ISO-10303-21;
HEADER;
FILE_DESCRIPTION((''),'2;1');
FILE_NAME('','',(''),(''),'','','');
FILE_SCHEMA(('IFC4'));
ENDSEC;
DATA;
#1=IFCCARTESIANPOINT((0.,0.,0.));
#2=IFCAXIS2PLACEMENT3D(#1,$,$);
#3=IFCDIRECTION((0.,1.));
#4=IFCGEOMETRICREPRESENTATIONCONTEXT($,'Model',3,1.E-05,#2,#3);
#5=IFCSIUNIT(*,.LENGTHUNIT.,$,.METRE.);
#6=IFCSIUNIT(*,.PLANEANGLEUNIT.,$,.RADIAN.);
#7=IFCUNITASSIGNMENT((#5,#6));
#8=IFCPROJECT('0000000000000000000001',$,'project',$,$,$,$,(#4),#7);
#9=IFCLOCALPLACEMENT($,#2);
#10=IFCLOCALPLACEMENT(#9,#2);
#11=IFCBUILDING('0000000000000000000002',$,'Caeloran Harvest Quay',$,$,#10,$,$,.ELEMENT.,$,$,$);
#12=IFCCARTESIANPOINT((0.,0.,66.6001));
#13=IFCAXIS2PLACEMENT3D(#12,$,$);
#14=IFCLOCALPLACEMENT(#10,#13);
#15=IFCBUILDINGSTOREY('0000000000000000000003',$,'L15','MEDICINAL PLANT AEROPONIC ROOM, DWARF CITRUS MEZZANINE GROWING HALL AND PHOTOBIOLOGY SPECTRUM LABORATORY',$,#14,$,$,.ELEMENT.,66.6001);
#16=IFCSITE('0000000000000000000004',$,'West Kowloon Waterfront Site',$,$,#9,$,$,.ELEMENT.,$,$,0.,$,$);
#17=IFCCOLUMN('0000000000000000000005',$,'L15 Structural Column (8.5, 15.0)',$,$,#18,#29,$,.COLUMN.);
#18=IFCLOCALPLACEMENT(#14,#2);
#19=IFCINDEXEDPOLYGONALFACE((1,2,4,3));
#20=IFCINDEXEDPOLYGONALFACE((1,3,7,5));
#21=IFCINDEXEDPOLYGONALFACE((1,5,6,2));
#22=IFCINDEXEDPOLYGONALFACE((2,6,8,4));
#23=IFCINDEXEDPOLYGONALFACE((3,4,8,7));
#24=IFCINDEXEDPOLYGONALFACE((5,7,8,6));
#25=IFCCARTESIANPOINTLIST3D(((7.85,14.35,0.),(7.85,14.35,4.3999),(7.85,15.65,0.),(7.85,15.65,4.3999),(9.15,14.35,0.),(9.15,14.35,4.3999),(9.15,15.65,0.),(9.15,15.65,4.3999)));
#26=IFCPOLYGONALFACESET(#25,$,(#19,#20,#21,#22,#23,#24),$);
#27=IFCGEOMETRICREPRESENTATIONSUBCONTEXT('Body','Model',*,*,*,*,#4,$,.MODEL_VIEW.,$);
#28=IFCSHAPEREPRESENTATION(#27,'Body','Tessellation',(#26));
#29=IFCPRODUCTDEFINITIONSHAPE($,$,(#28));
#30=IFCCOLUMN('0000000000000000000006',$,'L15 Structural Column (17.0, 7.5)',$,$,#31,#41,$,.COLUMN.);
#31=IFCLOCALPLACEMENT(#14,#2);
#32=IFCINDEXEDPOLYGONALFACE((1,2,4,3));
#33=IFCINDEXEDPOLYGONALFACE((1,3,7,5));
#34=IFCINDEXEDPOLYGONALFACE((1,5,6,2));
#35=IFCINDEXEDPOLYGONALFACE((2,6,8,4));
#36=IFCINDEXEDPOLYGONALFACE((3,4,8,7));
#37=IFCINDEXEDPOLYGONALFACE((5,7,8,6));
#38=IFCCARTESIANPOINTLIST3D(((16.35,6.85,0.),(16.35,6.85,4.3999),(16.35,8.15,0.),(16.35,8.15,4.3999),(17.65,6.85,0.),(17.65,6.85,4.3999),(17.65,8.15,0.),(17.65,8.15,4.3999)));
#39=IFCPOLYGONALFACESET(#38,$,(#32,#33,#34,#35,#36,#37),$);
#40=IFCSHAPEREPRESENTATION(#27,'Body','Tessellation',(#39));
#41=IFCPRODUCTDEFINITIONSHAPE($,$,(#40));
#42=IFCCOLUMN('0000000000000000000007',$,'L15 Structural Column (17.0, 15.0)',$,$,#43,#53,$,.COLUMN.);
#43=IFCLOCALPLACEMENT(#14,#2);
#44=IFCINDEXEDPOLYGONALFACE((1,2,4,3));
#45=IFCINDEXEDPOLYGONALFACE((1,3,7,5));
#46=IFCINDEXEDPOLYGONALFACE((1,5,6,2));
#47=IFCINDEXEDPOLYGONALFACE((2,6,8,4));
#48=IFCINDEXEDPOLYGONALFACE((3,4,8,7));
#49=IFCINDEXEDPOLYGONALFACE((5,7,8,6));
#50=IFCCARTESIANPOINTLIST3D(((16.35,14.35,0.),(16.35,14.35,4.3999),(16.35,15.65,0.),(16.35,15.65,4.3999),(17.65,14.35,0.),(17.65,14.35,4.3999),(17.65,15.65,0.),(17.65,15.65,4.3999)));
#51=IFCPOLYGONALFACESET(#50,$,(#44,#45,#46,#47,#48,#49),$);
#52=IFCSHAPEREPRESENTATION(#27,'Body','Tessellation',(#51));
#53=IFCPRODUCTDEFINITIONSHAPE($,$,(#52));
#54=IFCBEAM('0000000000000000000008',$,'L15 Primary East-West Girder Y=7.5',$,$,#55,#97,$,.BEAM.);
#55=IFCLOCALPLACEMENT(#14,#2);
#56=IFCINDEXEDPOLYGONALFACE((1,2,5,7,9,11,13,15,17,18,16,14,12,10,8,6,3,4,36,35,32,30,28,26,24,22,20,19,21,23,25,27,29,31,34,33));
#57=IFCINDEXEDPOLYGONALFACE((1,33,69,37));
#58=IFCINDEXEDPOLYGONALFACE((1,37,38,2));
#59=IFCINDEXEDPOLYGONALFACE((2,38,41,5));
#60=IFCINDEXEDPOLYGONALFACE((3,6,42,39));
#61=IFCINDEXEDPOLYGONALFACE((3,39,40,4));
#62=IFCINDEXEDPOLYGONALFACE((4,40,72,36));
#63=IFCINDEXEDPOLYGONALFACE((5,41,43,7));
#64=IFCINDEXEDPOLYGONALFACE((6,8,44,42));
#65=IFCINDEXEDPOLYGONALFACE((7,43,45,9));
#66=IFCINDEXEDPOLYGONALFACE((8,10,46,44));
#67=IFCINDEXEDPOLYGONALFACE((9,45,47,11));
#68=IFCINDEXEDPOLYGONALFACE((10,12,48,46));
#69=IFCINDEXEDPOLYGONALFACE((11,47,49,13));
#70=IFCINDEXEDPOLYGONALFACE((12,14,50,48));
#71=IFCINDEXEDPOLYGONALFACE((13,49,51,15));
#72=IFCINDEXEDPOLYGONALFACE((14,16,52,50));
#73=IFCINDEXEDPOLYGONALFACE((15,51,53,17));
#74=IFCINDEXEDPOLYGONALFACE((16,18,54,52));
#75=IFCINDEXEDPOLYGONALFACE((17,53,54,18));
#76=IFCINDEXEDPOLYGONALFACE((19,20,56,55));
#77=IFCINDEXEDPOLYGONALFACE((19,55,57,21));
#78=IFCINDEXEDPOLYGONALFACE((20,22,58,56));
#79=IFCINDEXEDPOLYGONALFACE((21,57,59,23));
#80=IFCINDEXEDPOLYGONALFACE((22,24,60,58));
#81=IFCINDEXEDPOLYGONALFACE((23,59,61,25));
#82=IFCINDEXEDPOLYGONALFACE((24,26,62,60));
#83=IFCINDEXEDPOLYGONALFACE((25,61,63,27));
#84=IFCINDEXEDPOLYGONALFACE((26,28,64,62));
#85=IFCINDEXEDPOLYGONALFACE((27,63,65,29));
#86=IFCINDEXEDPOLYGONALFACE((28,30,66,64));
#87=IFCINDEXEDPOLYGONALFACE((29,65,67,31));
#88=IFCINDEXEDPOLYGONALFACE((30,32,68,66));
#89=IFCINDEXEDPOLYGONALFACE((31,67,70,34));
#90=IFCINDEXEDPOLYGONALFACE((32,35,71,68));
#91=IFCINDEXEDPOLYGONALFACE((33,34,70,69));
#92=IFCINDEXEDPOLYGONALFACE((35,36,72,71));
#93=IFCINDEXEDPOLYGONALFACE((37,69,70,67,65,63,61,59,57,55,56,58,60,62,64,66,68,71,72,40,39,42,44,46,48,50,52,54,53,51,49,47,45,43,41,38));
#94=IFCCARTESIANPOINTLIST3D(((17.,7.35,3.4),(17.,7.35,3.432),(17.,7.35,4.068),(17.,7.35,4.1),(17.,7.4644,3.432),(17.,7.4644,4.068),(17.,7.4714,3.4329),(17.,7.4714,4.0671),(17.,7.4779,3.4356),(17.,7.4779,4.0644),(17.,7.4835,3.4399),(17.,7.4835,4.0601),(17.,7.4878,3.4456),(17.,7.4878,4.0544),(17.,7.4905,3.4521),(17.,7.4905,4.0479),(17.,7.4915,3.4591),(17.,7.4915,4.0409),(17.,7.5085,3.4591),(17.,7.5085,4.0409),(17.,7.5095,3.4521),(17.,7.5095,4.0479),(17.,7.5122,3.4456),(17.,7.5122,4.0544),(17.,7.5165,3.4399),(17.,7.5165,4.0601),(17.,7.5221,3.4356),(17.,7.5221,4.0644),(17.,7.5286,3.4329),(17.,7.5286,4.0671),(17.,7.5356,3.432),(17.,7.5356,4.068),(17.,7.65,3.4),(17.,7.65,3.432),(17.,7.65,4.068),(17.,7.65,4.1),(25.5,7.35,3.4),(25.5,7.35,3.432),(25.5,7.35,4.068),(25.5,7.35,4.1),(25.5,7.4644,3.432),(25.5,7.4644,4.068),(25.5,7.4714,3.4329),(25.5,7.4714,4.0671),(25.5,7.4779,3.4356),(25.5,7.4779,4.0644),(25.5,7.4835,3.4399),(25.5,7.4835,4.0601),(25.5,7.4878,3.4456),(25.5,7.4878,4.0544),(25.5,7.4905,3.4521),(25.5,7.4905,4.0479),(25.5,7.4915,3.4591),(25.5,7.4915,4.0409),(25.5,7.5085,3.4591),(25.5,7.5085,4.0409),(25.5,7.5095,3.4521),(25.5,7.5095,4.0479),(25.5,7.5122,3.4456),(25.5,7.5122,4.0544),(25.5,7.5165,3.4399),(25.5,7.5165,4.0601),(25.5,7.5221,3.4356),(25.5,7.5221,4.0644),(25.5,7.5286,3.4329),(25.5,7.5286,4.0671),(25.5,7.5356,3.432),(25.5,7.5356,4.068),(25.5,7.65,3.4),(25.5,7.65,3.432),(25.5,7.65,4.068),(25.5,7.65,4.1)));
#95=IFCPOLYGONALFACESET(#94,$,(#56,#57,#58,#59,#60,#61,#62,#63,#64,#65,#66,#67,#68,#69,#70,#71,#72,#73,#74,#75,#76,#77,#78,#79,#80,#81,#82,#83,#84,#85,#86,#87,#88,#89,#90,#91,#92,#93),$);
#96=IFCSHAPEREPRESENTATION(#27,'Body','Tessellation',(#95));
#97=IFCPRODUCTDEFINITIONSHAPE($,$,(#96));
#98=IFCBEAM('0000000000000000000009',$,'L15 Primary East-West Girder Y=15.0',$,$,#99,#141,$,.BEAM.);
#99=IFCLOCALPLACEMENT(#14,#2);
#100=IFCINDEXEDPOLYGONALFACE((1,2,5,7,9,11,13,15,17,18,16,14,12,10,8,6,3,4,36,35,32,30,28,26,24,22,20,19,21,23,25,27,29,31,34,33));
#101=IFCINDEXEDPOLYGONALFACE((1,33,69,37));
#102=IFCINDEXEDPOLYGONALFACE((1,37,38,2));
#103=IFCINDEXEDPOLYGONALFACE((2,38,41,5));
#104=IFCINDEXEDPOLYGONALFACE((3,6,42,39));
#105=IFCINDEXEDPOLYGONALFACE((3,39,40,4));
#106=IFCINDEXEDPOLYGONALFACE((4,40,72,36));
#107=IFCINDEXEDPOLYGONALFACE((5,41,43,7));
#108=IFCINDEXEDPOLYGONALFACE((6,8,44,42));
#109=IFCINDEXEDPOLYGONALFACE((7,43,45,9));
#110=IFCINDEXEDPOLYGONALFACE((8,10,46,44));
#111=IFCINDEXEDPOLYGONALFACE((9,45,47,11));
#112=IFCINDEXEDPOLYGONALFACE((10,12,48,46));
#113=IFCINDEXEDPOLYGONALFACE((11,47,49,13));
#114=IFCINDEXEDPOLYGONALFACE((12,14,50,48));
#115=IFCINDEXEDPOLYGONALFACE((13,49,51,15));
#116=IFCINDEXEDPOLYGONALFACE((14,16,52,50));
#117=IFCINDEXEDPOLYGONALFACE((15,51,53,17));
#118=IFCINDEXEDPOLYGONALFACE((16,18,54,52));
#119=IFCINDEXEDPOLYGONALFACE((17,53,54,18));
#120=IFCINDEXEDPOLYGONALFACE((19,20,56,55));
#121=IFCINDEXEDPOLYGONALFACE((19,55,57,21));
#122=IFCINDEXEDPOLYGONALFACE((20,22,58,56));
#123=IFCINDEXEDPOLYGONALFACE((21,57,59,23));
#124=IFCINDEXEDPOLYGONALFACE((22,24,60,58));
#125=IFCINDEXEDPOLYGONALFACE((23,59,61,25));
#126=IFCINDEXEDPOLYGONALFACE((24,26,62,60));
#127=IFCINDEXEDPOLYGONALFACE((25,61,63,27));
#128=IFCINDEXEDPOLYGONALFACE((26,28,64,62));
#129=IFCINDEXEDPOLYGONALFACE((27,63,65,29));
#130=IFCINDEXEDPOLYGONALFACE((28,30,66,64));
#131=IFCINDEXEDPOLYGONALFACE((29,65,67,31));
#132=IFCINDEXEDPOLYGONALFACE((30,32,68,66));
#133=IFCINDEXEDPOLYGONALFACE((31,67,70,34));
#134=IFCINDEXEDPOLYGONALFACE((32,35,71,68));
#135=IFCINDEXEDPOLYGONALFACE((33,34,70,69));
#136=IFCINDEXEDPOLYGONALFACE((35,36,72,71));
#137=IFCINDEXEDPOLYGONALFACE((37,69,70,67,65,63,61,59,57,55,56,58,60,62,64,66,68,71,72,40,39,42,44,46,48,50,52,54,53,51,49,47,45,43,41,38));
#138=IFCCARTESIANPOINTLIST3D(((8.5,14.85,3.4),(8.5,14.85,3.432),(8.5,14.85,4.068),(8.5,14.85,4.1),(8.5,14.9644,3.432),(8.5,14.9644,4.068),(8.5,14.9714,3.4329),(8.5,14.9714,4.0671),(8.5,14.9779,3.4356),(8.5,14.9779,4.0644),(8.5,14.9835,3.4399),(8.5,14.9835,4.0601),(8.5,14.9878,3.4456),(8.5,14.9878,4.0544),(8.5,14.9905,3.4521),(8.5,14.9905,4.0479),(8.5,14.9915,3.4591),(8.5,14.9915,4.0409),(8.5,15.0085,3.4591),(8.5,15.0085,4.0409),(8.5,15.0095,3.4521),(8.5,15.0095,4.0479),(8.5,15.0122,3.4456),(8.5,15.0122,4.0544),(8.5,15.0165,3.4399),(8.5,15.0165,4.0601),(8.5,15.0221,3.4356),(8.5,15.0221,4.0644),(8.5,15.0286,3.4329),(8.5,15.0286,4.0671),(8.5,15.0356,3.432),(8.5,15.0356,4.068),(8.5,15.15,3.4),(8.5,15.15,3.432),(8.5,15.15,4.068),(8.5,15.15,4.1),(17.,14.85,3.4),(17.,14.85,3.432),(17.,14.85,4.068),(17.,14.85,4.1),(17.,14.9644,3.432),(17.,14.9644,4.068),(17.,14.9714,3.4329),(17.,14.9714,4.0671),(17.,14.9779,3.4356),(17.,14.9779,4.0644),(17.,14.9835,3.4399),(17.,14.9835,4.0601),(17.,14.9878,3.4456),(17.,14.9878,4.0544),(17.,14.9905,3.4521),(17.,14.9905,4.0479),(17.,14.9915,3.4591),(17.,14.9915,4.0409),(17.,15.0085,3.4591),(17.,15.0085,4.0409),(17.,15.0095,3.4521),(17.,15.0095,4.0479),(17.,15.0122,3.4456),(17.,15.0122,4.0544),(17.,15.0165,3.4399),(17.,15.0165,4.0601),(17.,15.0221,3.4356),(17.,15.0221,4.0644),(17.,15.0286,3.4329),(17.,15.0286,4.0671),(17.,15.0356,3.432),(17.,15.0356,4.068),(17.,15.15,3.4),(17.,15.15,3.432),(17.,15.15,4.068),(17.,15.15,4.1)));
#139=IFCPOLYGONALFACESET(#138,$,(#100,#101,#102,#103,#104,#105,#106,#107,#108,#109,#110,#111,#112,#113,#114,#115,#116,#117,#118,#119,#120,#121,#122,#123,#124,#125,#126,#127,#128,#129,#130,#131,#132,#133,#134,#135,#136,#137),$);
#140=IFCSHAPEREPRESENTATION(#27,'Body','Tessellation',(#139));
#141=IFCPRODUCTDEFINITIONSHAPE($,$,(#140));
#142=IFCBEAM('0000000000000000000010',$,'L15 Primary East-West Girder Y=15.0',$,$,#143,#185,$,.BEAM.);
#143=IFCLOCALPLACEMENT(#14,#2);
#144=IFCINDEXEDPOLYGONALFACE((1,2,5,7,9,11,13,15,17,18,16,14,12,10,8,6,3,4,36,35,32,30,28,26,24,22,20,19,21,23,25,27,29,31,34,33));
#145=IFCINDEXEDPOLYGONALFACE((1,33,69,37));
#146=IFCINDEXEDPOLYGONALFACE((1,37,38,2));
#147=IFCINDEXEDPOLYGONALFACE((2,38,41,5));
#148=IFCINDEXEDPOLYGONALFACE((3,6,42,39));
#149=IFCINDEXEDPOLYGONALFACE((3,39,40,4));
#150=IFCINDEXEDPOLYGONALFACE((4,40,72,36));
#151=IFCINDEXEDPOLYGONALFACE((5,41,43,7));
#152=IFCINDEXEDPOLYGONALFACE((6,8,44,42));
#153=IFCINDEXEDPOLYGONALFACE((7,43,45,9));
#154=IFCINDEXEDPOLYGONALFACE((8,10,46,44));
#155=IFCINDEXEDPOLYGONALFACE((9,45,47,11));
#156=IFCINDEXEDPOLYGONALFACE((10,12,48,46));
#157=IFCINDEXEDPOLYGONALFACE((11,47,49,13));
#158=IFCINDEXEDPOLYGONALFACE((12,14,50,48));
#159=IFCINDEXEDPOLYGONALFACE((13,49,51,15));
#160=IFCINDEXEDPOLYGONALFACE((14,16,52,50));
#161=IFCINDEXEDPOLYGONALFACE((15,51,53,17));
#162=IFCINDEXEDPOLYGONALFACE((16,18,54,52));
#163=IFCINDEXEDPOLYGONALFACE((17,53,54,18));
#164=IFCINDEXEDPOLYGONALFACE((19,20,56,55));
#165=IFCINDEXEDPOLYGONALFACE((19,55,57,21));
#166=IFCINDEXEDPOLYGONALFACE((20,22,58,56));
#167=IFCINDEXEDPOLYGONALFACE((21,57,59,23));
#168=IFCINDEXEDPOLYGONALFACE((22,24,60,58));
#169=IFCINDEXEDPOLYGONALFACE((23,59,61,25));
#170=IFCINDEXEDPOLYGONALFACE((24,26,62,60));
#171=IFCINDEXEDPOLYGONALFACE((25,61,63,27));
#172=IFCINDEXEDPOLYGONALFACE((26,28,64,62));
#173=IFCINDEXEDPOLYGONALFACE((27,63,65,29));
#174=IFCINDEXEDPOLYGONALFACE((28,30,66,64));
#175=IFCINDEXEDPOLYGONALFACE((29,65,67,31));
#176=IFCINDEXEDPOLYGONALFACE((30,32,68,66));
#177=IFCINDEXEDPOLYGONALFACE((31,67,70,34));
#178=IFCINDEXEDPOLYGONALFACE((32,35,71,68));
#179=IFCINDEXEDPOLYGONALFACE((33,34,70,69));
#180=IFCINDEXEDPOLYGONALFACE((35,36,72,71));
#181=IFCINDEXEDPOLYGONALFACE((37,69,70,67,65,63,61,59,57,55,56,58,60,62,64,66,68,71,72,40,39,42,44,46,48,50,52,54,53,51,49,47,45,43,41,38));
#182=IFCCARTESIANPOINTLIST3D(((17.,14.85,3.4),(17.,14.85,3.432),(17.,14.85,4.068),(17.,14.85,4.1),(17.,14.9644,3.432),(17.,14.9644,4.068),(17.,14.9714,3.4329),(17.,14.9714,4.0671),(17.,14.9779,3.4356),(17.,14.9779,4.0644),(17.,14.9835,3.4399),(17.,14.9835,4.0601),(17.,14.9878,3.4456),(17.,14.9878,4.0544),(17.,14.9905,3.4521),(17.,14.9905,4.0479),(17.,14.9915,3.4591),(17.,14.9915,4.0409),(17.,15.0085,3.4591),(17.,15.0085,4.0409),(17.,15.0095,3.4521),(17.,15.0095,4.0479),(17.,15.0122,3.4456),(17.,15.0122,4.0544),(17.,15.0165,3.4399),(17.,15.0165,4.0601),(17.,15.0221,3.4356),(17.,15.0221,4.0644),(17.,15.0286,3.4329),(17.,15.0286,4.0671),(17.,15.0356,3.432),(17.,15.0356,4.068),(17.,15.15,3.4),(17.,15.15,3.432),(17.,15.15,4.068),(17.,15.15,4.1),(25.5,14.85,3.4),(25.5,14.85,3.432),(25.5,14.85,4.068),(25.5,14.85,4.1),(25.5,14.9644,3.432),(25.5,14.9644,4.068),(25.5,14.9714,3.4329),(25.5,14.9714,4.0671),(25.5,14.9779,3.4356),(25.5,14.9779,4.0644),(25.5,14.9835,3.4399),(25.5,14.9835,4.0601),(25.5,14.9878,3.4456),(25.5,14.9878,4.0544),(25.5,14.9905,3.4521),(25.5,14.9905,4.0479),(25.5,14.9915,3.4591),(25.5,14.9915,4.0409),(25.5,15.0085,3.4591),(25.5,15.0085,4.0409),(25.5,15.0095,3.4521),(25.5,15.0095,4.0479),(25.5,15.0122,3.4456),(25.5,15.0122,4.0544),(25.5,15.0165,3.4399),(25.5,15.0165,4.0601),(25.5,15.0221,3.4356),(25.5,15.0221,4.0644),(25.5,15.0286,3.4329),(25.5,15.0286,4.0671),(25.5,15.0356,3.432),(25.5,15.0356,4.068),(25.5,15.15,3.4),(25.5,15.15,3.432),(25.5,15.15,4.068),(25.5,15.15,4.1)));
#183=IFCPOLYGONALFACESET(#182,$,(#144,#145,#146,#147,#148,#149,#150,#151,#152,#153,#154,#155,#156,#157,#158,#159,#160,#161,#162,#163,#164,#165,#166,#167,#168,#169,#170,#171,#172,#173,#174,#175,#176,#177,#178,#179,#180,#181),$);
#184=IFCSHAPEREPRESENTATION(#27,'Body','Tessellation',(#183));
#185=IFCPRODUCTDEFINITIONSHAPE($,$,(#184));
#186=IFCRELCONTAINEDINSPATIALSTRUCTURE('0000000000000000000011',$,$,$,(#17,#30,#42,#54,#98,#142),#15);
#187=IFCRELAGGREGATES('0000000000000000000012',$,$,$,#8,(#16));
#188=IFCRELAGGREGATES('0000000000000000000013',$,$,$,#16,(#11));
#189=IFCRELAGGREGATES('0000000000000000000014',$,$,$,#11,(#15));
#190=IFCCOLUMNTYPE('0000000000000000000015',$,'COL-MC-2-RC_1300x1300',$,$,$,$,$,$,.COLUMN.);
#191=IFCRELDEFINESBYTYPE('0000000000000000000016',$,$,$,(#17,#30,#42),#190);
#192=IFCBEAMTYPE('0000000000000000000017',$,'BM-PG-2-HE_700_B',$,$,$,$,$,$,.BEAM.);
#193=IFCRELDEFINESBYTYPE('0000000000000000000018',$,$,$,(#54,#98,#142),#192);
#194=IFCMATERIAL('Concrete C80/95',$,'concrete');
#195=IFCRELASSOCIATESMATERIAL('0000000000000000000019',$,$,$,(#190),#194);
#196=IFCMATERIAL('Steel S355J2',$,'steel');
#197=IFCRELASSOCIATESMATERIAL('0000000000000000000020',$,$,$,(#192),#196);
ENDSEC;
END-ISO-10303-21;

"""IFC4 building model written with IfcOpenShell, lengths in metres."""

from ifc_helpers import new_model, si_unit, direction, frame, origin, origin_2d, place, context, subcontext, project, spatial, rectangle, i_section, extrude, material, material_profile, profile_set, type_object, element, save


model = new_model("IFC4")

# Units and contexts
model_context = context("Model", 3, precision=1e-05, world=origin(), true_north=direction((0.0, 1.0)))
body_context = subcontext(model_context, "Body", "Model", "MODEL_VIEW")
ifc_project = project(units=[si_unit("LENGTHUNIT", "METRE"), si_unit("PLANEANGLEUNIT", "RADIAN")], contexts=[model_context])

# Site, building, storey
site_placement = place(None, origin())
site = spatial("IfcSite", under=ifc_project, at=site_placement, Name="West Kowloon Waterfront Site", CompositionType="ELEMENT", RefElevation=0.0)
building_placement = place(site_placement, origin())
building = spatial("IfcBuilding", under=site, at=building_placement, Name="Caeloran Harvest Quay", CompositionType="ELEMENT")
storey_placement = place(building_placement, frame((0.0, 0.0, 66.6001)))
storey = spatial("IfcBuildingStorey", under=building, at=storey_placement, Name="L15", Description="MEDICINAL PLANT AEROPONIC ROOM, DWARF CITRUS MEZZANINE GROWING HALL AND PHOTOBIOLOGY SPECTRUM LABORATORY", CompositionType="ELEMENT", Elevation=66.6001)

# Columns
ifc_material_1 = material(Name="Concrete C80/95", Category="concrete")
ifc_material_profile_1 = material_profile(ifc_material_1, rectangle(XDim=1.3, YDim=1.3, at=origin_2d()), Name="RC 1300x1300")
ifc_profile_set_1 = profile_set([ifc_material_profile_1], Name="Concrete C80/95")
column_type = type_object("IfcColumnType", Name="COL-MC-2-RC_1300x1300", PredefinedType="COLUMN", material=ifc_profile_set_1)
for number, where, z_axis, x_axis, name in (
    (1, (8.5, 15.0, 0.0), (0.0, 0.0, 1.0), (1.0, 0.0, 0.0), "L15 Structural Column (8.5, 15.0)"),
    (2, (17.0, 7.5, 0.0), (0.0, 0.0, 1.0), (1.0, 0.0, 0.0), "L15 Structural Column (17.0, 7.5)"),
    (3, (17.0, 15.0, 0.0), (0.0, 0.0, 1.0), (1.0, 0.0, 0.0), "L15 Structural Column (17.0, 15.0)"),
):
    element("IfcColumn", number, at=place(storey_placement, frame(where, z_axis=z_axis, x_axis=x_axis)), inside=storey, type_object=column_type, Name=name, PredefinedType="COLUMN", context=body_context, shape_type="SweptSolid", body=[
        extrude(rectangle(XDim=1.3, YDim=1.3, at=origin_2d()), origin(), (0.0, 0.0, 1.0), 4.3999),
    ])

# Beams
ifc_material_2 = material(Name="Steel S355J2", Category="steel")
ifc_material_profile_2 = material_profile(ifc_material_2, i_section(OverallWidth=0.3, OverallDepth=0.7, WebThickness=0.0171, FlangeThickness=0.032, FilletRadius=0.0271, at=origin_2d()), Name="HE 700 B")
ifc_profile_set_2 = profile_set([ifc_material_profile_2], Name="Steel S355J2")
beam_type_1 = type_object("IfcBeamType", Name="BM-PG-2-HE_700_B", PredefinedType="BEAM", material=ifc_profile_set_2)
for number, where, z_axis, x_axis, name in (
    (4, (17.0, 7.5, 3.75), (1.0, 0.0, 0.0), (0.0, 1.0, 0.0), "L15 Primary East-West Girder Y=7.5"),
    (5, (8.5, 15.0, 3.75), (1.0, 0.0, 0.0), (0.0, 1.0, 0.0), "L15 Primary East-West Girder Y=15.0"),
    (6, (17.0, 15.0, 3.75), (1.0, 0.0, 0.0), (0.0, 1.0, 0.0), "L15 Primary East-West Girder Y=15.0"),
):
    element("IfcBeam", number, at=place(storey_placement, frame(where, z_axis=z_axis, x_axis=x_axis)), inside=storey, type_object=beam_type_1, Name=name, PredefinedType="BEAM", context=body_context, shape_type="SweptSolid", body=[
        extrude(i_section(OverallWidth=0.3, OverallDepth=0.7, WebThickness=0.0171, FlangeThickness=0.032, FilletRadius=0.0271, at=origin_2d()), origin(), (0.0, 0.0, 1.0), 8.5),
    ])

save(model, "model.ifc")
